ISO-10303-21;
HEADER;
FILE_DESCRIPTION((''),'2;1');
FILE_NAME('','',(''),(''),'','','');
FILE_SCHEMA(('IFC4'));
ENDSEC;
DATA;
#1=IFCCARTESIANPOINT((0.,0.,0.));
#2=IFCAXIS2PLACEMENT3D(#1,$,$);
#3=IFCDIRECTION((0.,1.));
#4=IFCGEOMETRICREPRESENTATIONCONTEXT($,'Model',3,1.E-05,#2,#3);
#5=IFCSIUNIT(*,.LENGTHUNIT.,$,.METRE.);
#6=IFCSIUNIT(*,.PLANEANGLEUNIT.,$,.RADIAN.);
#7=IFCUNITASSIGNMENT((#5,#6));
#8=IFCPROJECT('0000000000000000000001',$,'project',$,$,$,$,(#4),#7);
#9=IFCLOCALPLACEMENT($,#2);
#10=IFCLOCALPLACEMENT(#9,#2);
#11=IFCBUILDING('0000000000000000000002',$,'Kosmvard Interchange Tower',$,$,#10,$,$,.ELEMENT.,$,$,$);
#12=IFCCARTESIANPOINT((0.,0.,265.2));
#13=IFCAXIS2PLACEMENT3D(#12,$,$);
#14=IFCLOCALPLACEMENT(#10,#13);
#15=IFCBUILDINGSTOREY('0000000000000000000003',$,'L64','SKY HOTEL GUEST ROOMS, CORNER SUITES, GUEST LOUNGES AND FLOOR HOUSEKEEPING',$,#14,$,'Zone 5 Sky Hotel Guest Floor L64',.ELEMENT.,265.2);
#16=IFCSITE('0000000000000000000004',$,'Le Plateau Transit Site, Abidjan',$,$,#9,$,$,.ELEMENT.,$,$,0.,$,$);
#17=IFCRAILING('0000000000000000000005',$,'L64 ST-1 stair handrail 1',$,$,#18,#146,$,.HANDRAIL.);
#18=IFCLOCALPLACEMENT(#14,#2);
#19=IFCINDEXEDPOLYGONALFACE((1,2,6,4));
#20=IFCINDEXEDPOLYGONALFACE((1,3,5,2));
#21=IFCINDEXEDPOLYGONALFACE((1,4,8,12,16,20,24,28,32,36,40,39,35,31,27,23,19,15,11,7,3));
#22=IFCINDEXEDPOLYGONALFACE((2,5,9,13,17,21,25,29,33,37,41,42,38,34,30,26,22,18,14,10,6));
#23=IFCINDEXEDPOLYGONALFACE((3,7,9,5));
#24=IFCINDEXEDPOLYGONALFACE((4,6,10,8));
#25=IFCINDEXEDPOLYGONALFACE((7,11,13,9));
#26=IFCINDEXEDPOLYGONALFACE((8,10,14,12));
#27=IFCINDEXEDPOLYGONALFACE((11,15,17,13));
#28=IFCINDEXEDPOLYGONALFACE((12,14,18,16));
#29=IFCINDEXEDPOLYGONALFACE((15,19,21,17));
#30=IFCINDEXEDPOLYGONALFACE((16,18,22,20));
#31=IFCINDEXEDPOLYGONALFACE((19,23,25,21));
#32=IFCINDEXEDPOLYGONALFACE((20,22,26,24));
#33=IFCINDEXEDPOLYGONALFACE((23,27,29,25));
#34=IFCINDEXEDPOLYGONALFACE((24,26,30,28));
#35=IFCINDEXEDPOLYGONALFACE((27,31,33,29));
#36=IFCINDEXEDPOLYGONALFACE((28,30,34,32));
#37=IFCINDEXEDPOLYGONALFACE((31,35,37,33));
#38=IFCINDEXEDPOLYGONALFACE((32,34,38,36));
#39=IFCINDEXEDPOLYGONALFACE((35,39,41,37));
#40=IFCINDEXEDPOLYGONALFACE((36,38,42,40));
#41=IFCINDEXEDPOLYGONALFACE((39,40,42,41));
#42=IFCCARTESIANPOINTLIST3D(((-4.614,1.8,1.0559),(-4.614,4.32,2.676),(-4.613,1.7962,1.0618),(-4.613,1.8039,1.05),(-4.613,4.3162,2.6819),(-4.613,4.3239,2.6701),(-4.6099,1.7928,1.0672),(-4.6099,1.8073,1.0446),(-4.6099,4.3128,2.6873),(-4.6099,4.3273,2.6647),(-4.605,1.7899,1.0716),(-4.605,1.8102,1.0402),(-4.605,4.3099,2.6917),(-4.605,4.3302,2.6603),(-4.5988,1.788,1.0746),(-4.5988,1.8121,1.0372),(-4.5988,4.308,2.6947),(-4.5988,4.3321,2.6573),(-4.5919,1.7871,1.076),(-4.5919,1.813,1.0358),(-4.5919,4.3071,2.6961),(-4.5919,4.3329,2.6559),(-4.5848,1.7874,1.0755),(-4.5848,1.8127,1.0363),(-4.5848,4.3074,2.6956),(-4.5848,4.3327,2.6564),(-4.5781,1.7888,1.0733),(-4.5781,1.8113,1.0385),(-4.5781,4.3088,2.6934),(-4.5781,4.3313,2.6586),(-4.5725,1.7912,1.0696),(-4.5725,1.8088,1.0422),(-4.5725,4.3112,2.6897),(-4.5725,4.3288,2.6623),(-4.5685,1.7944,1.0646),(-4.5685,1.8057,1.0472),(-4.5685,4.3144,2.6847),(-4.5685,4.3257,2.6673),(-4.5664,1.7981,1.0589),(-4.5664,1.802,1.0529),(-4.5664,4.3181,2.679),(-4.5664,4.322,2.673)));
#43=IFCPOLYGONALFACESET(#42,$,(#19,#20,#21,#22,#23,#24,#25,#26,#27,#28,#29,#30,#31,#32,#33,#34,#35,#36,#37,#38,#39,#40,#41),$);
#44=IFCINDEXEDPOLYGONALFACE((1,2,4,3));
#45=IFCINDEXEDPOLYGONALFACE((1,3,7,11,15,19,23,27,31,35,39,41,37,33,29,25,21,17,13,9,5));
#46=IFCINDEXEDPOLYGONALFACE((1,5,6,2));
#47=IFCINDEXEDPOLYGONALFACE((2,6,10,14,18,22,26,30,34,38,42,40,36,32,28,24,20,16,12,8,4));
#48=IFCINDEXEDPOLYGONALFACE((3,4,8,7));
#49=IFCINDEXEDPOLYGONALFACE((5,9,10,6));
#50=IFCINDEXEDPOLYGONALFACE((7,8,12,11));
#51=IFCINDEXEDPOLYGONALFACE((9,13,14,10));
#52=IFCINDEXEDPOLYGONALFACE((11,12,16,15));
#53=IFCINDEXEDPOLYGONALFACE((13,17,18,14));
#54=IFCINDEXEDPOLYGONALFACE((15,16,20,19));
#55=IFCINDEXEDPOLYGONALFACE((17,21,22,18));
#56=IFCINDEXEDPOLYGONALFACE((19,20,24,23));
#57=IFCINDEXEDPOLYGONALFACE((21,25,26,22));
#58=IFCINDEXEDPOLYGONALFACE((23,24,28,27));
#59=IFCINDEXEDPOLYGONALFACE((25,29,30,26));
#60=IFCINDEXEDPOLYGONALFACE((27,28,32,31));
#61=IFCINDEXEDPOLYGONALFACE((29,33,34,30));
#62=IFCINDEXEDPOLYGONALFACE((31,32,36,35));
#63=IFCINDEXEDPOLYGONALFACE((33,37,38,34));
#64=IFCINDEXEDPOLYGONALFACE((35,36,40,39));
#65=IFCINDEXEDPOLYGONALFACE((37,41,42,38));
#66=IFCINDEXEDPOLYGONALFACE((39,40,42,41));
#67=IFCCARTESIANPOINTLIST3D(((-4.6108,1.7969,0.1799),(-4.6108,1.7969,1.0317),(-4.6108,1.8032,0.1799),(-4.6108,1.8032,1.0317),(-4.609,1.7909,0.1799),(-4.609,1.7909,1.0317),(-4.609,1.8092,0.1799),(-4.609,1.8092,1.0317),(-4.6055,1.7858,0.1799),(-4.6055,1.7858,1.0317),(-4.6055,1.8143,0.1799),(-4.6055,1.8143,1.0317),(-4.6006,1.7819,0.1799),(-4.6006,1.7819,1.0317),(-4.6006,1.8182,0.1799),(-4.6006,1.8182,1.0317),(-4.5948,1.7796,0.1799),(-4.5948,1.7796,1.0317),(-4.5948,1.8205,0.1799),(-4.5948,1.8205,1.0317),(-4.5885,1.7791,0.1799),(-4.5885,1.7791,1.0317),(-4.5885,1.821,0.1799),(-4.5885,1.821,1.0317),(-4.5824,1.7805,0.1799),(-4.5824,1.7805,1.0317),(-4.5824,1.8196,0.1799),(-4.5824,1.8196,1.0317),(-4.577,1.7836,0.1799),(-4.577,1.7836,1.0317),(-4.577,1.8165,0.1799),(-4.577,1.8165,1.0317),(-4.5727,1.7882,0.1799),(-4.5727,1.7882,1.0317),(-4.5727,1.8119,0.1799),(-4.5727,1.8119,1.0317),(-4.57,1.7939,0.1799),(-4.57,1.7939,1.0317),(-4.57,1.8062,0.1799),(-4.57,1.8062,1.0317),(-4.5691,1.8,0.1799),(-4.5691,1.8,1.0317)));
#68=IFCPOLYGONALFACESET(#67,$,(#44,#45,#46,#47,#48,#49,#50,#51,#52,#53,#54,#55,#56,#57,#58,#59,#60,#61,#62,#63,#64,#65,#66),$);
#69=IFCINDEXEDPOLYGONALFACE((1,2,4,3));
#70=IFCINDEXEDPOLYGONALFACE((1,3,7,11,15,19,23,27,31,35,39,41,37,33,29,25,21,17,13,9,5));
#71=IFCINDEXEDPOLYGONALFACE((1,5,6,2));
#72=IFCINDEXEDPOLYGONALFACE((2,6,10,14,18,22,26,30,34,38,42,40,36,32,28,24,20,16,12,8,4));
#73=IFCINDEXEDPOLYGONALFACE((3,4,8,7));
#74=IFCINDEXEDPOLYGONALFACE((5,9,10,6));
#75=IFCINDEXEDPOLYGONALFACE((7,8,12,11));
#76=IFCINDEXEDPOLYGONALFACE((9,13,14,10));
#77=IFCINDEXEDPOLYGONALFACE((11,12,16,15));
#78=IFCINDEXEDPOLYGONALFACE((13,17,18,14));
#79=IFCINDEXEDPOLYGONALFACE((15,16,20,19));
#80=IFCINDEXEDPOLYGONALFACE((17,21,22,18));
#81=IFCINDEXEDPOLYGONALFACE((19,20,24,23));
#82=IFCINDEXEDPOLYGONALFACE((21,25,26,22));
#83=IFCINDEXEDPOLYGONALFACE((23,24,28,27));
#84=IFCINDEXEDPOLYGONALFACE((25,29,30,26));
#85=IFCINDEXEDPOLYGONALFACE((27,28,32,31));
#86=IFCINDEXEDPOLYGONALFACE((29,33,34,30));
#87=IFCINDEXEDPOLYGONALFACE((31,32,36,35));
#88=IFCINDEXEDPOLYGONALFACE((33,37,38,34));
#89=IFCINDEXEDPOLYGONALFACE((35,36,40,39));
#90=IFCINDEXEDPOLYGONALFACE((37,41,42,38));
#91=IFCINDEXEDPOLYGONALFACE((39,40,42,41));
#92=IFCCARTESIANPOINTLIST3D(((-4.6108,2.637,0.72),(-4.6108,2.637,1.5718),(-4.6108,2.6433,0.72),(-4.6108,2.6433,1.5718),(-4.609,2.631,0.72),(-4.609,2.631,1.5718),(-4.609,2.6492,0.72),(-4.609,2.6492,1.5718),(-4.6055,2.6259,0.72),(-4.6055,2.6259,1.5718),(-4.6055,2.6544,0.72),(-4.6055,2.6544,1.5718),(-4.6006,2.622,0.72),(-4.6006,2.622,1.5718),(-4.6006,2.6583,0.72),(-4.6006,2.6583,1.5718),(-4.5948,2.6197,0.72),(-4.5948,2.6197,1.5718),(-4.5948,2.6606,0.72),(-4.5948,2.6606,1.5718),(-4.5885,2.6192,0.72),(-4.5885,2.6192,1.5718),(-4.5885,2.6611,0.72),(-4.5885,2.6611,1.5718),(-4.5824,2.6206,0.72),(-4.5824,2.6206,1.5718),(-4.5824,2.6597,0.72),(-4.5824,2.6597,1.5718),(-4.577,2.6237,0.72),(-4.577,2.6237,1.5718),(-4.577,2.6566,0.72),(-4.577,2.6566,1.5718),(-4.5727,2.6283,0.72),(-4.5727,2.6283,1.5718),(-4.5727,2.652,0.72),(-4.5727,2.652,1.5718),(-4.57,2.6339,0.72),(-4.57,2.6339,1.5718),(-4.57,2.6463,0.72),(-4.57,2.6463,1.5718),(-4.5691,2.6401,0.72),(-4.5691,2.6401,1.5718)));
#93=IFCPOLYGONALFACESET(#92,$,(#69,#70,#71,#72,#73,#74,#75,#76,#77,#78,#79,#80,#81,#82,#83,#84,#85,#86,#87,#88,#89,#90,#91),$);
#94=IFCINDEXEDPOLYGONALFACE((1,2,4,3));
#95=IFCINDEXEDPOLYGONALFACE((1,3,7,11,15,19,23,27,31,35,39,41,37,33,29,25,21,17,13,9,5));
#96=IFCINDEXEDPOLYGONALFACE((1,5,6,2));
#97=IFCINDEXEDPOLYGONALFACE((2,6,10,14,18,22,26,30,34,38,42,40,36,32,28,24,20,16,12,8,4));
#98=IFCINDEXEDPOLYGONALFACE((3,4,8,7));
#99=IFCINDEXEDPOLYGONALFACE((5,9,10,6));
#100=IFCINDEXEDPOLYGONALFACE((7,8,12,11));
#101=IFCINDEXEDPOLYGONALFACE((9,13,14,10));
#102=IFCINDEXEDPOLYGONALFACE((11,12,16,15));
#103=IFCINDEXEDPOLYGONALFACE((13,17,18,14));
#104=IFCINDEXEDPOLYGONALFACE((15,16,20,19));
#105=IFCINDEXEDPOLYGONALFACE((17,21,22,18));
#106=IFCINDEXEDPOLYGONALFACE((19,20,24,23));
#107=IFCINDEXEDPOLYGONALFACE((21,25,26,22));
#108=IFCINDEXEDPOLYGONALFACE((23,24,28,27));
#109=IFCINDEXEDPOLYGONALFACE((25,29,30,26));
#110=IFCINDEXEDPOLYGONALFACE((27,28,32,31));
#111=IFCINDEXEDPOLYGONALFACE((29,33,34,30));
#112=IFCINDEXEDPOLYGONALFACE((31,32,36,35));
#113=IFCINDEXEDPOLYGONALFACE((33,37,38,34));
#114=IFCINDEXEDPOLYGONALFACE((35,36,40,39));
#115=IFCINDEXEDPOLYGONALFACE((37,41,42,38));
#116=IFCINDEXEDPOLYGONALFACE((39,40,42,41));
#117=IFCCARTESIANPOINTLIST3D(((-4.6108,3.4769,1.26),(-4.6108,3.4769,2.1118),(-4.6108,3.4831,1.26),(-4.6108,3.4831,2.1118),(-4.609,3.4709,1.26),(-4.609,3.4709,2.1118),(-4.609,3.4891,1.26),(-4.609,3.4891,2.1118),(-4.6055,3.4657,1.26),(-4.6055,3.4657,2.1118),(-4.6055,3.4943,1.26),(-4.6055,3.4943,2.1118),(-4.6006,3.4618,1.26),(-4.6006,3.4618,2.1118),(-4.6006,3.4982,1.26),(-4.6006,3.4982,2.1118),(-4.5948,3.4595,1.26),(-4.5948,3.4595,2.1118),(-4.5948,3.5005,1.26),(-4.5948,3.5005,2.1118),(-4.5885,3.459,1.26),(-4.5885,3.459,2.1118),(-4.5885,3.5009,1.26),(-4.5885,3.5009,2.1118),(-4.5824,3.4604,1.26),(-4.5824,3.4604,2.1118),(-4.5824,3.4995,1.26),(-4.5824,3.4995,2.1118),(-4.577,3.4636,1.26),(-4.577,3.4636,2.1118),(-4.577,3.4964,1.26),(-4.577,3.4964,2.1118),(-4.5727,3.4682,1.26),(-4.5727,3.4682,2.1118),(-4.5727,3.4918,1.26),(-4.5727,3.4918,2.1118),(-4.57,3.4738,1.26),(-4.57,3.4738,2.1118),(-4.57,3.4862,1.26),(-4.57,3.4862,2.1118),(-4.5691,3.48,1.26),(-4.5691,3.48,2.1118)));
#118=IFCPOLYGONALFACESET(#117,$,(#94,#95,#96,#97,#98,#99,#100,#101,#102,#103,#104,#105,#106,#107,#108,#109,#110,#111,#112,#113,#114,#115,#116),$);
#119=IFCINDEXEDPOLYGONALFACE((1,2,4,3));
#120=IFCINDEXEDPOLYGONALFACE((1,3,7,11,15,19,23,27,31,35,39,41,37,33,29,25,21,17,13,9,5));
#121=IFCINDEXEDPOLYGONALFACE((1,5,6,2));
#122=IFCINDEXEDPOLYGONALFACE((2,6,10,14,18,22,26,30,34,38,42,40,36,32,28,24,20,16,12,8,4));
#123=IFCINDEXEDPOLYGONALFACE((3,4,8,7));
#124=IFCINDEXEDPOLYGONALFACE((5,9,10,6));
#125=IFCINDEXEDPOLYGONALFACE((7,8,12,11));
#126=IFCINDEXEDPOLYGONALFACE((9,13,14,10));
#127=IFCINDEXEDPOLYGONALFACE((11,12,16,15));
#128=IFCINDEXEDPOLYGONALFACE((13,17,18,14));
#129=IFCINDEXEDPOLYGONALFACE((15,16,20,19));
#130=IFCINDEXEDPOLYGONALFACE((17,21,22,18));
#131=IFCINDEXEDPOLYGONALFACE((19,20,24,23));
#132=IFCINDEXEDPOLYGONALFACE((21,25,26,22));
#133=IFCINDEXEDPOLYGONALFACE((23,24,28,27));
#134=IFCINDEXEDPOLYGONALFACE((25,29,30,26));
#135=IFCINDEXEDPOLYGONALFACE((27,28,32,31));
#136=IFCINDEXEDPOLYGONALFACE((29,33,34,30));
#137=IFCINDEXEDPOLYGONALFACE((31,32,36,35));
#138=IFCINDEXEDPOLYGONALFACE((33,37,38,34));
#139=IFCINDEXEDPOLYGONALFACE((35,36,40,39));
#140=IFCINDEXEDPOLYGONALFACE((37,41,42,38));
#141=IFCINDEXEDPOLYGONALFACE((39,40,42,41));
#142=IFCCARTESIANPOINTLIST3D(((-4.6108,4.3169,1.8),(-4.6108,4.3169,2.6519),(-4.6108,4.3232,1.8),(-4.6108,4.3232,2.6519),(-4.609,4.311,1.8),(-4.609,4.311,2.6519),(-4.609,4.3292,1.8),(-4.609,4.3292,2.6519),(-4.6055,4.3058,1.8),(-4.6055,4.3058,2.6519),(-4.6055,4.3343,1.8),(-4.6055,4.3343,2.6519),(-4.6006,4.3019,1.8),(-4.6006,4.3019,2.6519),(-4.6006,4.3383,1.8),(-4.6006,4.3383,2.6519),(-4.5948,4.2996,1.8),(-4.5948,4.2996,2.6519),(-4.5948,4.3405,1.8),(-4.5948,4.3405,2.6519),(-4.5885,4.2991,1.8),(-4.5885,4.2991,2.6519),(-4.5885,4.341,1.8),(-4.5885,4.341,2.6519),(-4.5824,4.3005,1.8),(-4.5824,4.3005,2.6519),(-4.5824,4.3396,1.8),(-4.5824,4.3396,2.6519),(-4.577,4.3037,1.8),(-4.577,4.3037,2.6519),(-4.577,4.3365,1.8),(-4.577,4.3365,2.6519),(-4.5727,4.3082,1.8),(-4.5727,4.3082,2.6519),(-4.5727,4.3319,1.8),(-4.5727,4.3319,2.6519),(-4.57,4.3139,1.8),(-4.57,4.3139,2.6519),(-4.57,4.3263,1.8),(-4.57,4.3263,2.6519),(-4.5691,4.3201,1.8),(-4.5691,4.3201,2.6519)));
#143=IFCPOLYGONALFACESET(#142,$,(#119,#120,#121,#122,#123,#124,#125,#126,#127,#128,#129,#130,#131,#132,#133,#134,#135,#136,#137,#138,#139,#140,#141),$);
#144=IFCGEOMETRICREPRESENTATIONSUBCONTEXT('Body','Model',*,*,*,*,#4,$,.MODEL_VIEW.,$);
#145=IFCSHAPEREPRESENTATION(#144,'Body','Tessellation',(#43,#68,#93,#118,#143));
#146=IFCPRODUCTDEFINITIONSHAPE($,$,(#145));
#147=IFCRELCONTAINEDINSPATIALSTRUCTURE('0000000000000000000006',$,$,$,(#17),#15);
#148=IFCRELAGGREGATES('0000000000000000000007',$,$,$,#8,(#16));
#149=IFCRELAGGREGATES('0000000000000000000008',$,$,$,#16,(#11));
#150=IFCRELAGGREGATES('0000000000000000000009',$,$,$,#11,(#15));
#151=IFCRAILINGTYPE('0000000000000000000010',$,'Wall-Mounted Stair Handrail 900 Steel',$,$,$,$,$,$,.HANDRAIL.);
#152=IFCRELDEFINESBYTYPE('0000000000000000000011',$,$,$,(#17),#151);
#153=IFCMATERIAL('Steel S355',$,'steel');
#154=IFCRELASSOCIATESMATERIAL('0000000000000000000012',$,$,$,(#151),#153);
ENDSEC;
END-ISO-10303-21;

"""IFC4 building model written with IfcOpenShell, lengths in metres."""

from ifc_helpers import new_model, si_unit, direction, frame, origin, origin_2d, place, context, subcontext, project, spatial, circle, extrude, source, transform, mapped, material, type_object, element, save


model = new_model("IFC4")

# Units and contexts
model_context = context("Model", 3, precision=1e-05, world=origin(), true_north=direction((0.0, 1.0)))
body_context = subcontext(model_context, "Body", "Model", "MODEL_VIEW")
ifc_project = project(units=[si_unit("LENGTHUNIT", "METRE"), si_unit("PLANEANGLEUNIT", "RADIAN")], contexts=[model_context])

# Site, building, storey
site_placement = place(None, origin())
site = spatial("IfcSite", under=ifc_project, at=site_placement, Name="Le Plateau Transit Site, Abidjan", CompositionType="ELEMENT", RefElevation=0.0)
building_placement = place(site_placement, origin())
building = spatial("IfcBuilding", under=site, at=building_placement, Name="Kosmvard Interchange Tower", CompositionType="ELEMENT")
storey_placement = place(building_placement, frame((0.0, 0.0, 265.2)))
storey = spatial("IfcBuildingStorey", under=building, at=storey_placement, Name="L64", Description="SKY HOTEL GUEST ROOMS, CORNER SUITES, GUEST LOUNGES AND FLOOR HOUSEKEEPING", LongName="Zone 5 Sky Hotel Guest Floor L64", CompositionType="ELEMENT", Elevation=265.2)

# Shared definitions
ifc_material_1 = material(Name="Steel S355", Category="steel")

# Railing
railing_type_1 = type_object("IfcRailingType", Name="Wall-Mounted Stair Handrail 900 Steel", PredefinedType="HANDRAIL", material=ifc_material_1)
shared_shape_1 = source(origin(), body_context, "Body", "SweptSolid", [
    extrude(circle(Radius=0.0239, at=origin_2d()), frame((0.0, 0.0, 0.876), z_axis=(0.0, 0.841163, 0.540782), x_axis=(-1.0, 0.0, 0.0)), (0.0, 0.0, 1.0), 2.9958),
    extrude(circle(Radius=0.021, at=origin_2d()), origin(), (0.0, 0.0, 1.0), 0.8518),
    extrude(circle(Radius=0.021, at=origin_2d()), frame((0.0, 0.8401, 0.54)), (0.0, 0.0, 1.0), 0.8518),
    extrude(circle(Radius=0.021, at=origin_2d()), frame((0.0, 1.6799, 1.0801)), (0.0, 0.0, 1.0), 0.8518),
    extrude(circle(Radius=0.021, at=origin_2d()), frame((0.0, 2.52, 1.6201)), (0.0, 0.0, 1.0), 0.8518),
])
railing_1_placement = place(storey_placement, frame((-4.5901, 1.8, 0.1799)))
element("IfcRailing", 1, at=railing_1_placement, inside=storey, type_object=railing_type_1, Name="L64 ST-1 stair handrail 1", PredefinedType="HANDRAIL", context=body_context, shape_type="MappedRepresentation", body=[
    mapped(shared_shape_1, transform((0.0, 0.0, 0.0), scale=1.0)),
])

save(model, "model.ifc")
